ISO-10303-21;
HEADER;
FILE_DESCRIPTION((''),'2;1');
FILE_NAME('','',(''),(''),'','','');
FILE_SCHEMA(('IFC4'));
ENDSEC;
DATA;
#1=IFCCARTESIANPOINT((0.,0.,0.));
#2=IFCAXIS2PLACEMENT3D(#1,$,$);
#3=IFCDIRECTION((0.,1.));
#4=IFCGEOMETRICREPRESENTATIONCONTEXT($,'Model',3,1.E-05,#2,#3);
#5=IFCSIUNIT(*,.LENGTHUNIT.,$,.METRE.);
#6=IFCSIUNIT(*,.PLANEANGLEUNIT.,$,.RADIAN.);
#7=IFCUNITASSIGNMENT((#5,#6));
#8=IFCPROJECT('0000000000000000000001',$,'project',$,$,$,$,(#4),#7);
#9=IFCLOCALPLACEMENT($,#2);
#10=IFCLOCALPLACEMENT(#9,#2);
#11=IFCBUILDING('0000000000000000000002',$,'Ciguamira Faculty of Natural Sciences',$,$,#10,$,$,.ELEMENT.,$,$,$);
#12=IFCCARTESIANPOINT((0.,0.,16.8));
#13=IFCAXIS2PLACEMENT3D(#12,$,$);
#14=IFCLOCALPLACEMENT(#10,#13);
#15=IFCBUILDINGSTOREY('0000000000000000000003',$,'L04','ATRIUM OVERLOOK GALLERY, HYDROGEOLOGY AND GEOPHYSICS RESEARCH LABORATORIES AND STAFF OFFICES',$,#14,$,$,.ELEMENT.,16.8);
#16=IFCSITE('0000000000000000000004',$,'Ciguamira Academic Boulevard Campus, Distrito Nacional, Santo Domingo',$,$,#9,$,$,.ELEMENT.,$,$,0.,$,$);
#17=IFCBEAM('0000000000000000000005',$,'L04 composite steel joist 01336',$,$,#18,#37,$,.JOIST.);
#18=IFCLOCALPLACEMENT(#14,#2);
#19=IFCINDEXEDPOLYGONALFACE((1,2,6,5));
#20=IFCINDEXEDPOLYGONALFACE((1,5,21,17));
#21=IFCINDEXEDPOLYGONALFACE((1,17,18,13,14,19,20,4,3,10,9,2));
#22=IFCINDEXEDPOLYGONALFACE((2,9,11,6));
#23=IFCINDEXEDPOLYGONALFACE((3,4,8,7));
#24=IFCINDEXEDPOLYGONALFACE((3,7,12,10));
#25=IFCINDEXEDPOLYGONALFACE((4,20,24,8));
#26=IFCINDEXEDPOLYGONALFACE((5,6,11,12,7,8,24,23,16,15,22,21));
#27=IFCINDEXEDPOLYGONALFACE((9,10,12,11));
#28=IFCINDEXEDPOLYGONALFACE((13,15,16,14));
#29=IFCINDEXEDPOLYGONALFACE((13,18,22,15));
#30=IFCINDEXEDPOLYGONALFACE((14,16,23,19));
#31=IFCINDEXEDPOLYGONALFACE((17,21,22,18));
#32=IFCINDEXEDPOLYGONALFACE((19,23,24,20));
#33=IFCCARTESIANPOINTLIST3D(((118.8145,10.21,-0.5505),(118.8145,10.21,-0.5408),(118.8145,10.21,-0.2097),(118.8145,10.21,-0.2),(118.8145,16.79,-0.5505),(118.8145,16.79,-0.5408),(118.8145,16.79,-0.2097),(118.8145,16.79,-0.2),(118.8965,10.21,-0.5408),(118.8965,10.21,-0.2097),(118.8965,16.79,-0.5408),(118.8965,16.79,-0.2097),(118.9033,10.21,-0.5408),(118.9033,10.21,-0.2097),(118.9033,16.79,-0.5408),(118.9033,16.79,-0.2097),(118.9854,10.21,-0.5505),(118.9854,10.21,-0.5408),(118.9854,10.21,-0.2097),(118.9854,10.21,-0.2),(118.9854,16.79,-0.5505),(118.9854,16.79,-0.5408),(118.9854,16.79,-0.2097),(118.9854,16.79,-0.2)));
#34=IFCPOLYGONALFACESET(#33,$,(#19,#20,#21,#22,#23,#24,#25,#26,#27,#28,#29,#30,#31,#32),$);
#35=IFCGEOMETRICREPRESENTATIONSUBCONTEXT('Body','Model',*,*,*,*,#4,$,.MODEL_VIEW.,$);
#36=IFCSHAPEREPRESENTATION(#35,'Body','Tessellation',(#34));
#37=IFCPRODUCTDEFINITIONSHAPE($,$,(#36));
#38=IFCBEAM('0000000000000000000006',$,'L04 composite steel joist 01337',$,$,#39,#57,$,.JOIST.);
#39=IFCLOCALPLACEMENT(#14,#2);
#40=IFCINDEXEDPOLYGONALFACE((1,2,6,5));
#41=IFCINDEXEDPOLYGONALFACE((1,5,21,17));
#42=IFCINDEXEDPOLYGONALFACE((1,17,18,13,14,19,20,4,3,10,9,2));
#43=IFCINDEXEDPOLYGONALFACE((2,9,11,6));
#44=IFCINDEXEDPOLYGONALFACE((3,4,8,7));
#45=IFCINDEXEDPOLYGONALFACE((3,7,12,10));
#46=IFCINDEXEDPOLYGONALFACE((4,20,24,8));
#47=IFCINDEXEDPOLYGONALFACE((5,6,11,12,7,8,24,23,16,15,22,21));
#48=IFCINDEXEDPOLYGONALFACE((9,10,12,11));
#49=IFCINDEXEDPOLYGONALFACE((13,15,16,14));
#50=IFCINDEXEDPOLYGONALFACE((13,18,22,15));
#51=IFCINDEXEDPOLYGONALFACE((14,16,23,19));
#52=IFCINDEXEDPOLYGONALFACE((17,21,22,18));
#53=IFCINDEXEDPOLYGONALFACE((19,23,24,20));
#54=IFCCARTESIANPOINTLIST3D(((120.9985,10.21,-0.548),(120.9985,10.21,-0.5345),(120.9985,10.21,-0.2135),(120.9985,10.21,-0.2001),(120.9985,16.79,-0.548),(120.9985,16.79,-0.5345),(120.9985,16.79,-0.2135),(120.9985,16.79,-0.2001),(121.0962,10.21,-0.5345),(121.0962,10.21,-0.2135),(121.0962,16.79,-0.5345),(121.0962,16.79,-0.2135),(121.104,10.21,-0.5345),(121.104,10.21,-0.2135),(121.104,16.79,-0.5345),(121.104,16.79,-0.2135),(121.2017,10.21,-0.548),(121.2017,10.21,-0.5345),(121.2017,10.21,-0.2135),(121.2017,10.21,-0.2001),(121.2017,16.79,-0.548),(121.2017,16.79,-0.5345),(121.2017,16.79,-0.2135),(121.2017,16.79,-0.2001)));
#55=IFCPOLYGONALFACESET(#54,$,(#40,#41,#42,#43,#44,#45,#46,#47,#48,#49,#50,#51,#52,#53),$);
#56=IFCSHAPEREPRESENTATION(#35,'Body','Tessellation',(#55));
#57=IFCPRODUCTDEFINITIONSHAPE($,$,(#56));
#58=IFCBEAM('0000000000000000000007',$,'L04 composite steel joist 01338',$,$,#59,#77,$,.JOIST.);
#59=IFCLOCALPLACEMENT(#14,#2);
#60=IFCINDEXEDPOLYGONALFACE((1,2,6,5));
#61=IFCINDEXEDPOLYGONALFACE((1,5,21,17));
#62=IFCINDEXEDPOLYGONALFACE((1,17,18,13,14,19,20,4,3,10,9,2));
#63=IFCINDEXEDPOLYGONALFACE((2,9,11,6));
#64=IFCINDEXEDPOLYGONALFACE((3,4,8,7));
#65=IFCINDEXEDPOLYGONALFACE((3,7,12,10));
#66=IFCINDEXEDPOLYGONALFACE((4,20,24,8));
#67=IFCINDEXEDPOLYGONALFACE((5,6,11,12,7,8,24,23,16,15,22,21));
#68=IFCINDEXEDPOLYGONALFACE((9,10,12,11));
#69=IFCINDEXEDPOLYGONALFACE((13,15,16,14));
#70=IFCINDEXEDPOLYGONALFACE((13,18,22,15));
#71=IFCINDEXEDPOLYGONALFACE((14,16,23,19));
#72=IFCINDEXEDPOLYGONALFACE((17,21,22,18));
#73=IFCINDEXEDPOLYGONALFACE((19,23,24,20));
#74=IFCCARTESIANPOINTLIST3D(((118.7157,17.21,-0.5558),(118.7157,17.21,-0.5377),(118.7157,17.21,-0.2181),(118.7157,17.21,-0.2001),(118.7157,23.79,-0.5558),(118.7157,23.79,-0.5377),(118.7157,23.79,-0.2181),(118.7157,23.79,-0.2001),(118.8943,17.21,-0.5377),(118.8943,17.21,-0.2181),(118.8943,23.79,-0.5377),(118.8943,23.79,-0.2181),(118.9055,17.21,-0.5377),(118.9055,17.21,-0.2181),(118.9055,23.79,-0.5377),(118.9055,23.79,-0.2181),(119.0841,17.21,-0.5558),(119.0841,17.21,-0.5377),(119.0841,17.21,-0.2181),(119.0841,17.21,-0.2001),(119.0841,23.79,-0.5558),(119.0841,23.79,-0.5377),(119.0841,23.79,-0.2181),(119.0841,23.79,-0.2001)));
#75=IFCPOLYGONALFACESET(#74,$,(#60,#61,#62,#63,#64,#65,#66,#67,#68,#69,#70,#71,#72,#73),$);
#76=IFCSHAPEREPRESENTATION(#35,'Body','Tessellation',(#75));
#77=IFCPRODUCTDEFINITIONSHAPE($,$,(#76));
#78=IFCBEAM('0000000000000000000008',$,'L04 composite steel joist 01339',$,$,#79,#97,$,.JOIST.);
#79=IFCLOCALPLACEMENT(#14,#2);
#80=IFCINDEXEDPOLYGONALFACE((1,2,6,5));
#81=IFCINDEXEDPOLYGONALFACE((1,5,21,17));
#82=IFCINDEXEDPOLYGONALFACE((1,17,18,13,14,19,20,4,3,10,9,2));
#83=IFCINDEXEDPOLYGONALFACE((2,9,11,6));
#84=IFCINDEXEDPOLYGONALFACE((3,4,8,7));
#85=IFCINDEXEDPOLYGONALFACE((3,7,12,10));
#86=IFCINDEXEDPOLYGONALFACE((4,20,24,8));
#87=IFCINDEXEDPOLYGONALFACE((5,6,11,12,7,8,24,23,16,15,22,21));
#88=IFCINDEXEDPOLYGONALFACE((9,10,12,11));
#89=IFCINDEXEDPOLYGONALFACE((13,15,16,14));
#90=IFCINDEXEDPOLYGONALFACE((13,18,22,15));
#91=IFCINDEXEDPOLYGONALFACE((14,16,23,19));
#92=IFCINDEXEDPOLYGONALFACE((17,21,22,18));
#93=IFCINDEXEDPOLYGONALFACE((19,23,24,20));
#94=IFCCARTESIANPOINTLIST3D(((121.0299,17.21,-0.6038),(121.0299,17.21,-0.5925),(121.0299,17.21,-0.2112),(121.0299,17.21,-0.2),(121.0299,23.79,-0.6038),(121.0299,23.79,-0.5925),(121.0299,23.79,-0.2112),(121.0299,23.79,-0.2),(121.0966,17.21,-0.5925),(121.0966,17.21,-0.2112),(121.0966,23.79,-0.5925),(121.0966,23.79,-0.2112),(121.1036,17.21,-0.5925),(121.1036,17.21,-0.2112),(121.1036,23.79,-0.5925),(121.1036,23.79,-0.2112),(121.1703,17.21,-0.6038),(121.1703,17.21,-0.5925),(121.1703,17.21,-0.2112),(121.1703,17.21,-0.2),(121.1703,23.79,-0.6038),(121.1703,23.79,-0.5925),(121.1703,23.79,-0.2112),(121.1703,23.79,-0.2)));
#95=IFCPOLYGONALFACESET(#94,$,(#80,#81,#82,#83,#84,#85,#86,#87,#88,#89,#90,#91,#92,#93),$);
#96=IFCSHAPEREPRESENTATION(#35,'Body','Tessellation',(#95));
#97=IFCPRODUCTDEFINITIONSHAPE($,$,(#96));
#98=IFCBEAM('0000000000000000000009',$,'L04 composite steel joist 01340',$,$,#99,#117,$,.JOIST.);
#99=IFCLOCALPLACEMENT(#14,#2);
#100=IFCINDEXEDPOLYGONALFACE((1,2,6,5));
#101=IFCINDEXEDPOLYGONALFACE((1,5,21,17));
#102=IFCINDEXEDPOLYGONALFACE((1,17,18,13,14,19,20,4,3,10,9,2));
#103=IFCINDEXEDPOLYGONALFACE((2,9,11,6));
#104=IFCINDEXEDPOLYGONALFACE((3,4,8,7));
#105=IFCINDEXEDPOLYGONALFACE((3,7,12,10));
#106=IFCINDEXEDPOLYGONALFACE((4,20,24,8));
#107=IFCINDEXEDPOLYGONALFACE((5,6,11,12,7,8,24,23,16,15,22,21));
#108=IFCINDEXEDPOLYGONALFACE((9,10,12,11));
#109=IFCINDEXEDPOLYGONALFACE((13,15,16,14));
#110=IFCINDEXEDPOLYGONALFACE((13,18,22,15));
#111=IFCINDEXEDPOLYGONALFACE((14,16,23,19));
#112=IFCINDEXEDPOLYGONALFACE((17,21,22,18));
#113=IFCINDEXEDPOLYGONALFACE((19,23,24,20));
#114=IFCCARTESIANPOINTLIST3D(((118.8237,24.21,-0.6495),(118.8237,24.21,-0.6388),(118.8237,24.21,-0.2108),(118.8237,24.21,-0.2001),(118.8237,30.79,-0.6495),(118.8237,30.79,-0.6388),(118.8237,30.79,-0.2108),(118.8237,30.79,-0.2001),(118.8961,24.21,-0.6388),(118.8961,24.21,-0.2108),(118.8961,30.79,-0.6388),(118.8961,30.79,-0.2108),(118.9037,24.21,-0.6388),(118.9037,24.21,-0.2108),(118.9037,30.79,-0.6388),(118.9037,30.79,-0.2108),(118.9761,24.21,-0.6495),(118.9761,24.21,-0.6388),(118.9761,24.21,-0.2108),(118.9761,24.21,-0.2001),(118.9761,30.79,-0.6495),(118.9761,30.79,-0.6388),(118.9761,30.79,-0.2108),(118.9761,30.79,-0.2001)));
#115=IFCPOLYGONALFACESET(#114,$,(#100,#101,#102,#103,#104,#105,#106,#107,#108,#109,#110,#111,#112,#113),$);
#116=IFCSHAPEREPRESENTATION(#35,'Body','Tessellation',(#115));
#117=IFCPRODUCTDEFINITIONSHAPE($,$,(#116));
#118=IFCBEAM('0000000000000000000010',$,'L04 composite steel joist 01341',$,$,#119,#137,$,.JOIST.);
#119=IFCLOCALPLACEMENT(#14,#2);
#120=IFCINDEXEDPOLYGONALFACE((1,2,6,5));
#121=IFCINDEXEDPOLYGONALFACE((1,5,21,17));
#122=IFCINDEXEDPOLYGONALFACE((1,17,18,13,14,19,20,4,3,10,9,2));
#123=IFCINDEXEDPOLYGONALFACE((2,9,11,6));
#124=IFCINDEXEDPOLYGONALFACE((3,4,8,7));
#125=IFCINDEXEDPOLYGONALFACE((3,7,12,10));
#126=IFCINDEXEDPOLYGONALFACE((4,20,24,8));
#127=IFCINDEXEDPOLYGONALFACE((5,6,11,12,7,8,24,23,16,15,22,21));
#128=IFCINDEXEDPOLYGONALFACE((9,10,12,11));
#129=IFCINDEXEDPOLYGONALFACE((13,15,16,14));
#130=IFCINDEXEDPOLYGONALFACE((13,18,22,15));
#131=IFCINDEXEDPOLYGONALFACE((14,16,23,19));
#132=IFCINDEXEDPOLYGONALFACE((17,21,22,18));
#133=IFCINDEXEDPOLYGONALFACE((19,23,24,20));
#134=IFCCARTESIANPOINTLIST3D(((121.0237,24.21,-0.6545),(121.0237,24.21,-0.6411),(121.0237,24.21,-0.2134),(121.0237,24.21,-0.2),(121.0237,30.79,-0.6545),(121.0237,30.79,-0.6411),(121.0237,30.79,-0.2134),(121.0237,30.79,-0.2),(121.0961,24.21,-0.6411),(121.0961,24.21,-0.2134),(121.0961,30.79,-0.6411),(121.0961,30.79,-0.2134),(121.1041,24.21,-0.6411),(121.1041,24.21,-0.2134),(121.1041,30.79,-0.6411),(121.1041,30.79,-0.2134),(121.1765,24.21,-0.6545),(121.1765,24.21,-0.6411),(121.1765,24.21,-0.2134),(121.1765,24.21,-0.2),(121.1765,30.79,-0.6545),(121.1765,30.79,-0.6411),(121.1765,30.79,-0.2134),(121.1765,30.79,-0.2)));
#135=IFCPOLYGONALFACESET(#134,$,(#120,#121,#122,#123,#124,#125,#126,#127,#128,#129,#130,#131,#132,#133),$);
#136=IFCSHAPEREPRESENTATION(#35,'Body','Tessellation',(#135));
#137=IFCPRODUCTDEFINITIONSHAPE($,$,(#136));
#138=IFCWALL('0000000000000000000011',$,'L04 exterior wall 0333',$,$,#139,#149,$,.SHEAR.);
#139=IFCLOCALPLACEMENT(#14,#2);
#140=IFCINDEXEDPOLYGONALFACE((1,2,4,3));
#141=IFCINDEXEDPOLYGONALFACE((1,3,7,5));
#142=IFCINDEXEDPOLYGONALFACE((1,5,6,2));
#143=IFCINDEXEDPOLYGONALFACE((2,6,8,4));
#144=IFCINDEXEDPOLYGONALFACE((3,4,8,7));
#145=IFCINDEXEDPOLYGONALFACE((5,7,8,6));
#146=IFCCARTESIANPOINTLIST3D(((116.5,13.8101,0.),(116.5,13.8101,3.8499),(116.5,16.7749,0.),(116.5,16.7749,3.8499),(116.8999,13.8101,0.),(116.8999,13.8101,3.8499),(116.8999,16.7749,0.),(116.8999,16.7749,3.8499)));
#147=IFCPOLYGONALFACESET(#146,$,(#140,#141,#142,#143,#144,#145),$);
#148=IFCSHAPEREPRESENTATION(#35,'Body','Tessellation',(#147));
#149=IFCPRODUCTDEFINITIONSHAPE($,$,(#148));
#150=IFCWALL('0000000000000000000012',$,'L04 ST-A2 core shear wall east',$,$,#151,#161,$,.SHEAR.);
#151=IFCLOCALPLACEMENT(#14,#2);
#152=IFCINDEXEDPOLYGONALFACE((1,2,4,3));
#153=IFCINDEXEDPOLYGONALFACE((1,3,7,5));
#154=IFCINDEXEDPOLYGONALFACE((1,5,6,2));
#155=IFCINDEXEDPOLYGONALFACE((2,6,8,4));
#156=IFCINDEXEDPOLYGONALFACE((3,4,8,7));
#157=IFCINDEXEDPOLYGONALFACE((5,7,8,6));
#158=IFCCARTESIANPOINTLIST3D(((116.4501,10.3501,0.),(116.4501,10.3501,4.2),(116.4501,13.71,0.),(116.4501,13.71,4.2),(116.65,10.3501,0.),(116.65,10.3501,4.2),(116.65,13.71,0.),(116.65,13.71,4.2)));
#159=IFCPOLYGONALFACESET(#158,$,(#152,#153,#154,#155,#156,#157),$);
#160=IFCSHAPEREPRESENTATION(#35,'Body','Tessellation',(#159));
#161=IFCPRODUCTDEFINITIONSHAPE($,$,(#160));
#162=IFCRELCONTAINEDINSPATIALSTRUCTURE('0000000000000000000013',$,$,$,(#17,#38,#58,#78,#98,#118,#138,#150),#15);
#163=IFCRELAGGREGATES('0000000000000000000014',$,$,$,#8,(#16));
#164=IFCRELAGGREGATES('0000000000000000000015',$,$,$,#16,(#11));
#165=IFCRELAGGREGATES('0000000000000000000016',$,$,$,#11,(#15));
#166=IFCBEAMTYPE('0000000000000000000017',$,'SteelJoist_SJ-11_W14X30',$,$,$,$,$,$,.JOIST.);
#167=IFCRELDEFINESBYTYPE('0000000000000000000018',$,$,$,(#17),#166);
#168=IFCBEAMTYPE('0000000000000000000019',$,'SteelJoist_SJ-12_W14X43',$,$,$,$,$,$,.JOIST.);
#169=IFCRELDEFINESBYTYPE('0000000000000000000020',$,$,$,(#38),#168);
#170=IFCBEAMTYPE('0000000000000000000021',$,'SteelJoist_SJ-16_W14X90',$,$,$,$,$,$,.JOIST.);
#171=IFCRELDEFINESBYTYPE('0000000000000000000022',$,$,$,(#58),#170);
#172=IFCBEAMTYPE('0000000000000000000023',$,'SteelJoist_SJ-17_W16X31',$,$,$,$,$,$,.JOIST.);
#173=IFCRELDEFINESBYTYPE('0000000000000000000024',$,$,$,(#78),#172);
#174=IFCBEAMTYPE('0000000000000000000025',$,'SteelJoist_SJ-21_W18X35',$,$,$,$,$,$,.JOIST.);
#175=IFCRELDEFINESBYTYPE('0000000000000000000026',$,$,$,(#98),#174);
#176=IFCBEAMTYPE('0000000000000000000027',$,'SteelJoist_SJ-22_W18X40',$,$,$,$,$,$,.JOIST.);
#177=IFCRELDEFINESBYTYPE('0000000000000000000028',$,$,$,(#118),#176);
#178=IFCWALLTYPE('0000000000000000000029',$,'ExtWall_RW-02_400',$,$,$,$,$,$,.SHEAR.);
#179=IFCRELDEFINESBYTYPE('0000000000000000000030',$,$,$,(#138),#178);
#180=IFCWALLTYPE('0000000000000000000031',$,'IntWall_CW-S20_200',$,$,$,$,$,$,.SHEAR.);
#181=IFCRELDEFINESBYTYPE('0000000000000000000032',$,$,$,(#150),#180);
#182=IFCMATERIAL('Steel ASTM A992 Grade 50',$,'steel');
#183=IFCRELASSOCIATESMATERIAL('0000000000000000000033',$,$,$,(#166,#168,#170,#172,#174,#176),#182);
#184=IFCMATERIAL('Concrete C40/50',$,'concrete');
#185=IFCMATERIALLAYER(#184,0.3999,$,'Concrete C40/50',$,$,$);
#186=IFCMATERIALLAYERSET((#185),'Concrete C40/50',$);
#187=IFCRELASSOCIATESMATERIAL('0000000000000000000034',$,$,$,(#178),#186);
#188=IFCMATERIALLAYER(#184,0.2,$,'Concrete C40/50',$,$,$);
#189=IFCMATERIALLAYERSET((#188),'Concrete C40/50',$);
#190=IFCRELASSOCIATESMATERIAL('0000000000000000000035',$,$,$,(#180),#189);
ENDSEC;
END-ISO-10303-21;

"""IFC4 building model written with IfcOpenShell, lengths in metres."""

from ifc_helpers import new_model, si_unit, direction, frame, frame_2d, origin, origin_2d, place, context, subcontext, project, spatial, rectangle, i_section, extrude, material, layer, layer_set, material_profile, profile_set, type_object, element, save


model = new_model("IFC4")

# Units and contexts
model_context = context("Model", 3, precision=1e-05, world=origin(), true_north=direction((0.0, 1.0)))
body_context = subcontext(model_context, "Body", "Model", "MODEL_VIEW")
ifc_project = project(units=[si_unit("LENGTHUNIT", "METRE"), si_unit("PLANEANGLEUNIT", "RADIAN")], contexts=[model_context])

# Site, building, storey
site_placement = place(None, origin())
site = spatial("IfcSite", under=ifc_project, at=site_placement, Name="Ciguamira Academic Boulevard Campus, Distrito Nacional, Santo Domingo", CompositionType="ELEMENT", RefElevation=0.0)
building_placement = place(site_placement, origin())
building = spatial("IfcBuilding", under=site, at=building_placement, Name="Ciguamira Faculty of Natural Sciences", CompositionType="ELEMENT")
storey_placement = place(building_placement, frame((0.0, 0.0, 16.8)))
storey = spatial("IfcBuildingStorey", under=building, at=storey_placement, Name="L04", Description="ATRIUM OVERLOOK GALLERY, HYDROGEOLOGY AND GEOPHYSICS RESEARCH LABORATORIES AND STAFF OFFICES", CompositionType="ELEMENT", Elevation=16.8)

# Shared definitions
ifc_material_1 = material(Name="Concrete C40/50", Category="concrete")

# Beams
ifc_material_2 = material(Name="Steel ASTM A992 Grade 50", Category="steel")
ifc_material_profile_1 = material_profile(ifc_material_2, i_section(OverallWidth=0.1709, OverallDepth=0.3506, WebThickness=0.0068, FlangeThickness=0.0098, at=origin_2d()), Name="W14X30")
ifc_profile_set_1 = profile_set([ifc_material_profile_1], Name="Steel ASTM A992 Grade 50")
beam_type_1 = type_object("IfcBeamType", Name="SteelJoist_SJ-11_W14X30", PredefinedType="JOIST", material=ifc_profile_set_1)
beam_1_placement = place(storey_placement, frame((118.8999, 10.21, -0.3752), z_axis=(0.0, 1.0, 0.0), x_axis=(-1.0, 0.0, 0.0)))
element("IfcBeam", 1, at=beam_1_placement, inside=storey, type_object=beam_type_1, Name="L04 composite steel joist 01336", PredefinedType="JOIST", context=body_context, shape_type="SweptSolid", body=[
    extrude(i_section(OverallWidth=0.1709, OverallDepth=0.3506, WebThickness=0.0068, FlangeThickness=0.0098, at=origin_2d()), origin(), (0.0, 0.0, 1.0), 6.5801),
])
ifc_material_profile_2 = material_profile(ifc_material_2, i_section(OverallWidth=0.2031, OverallDepth=0.3479, WebThickness=0.0078, FlangeThickness=0.0134, at=origin_2d()), Name="W14X43")
ifc_profile_set_2 = profile_set([ifc_material_profile_2], Name="Steel ASTM A992 Grade 50")
beam_type_2 = type_object("IfcBeamType", Name="SteelJoist_SJ-12_W14X43", PredefinedType="JOIST", material=ifc_profile_set_2)
beam_2_placement = place(storey_placement, frame((121.1001, 10.21, -0.374), z_axis=(0.0, 1.0, 0.0), x_axis=(-1.0, 0.0, 0.0)))
element("IfcBeam", 2, at=beam_2_placement, inside=storey, type_object=beam_type_2, Name="L04 composite steel joist 01337", PredefinedType="JOIST", context=body_context, shape_type="SweptSolid", body=[
    extrude(i_section(OverallWidth=0.2031, OverallDepth=0.3479, WebThickness=0.0078, FlangeThickness=0.0134, at=origin_2d()), origin(), (0.0, 0.0, 1.0), 6.5801),
])
ifc_material_profile_3 = material_profile(ifc_material_2, i_section(OverallWidth=0.3684, OverallDepth=0.3557, WebThickness=0.0112, FlangeThickness=0.0181, at=origin_2d()), Name="W14X90")
ifc_profile_set_3 = profile_set([ifc_material_profile_3], Name="Steel ASTM A992 Grade 50")
beam_type_3 = type_object("IfcBeamType", Name="SteelJoist_SJ-16_W14X90", PredefinedType="JOIST", material=ifc_profile_set_3)
beam_3_placement = place(storey_placement, frame((118.8999, 17.21, -0.3779), z_axis=(0.0, 1.0, 0.0), x_axis=(-1.0, 0.0, 0.0)))
element("IfcBeam", 3, at=beam_3_placement, inside=storey, type_object=beam_type_3, Name="L04 composite steel joist 01338", PredefinedType="JOIST", context=body_context, shape_type="SweptSolid", body=[
    extrude(i_section(OverallWidth=0.3684, OverallDepth=0.3557, WebThickness=0.0112, FlangeThickness=0.0181, at=origin_2d()), origin(), (0.0, 0.0, 1.0), 6.5801),
])
ifc_material_profile_4 = material_profile(ifc_material_2, i_section(OverallWidth=0.1404, OverallDepth=0.4038, WebThickness=0.0071, FlangeThickness=0.0112, at=origin_2d()), Name="W16X31")
ifc_profile_set_4 = profile_set([ifc_material_profile_4], Name="Steel ASTM A992 Grade 50")
beam_type_4 = type_object("IfcBeamType", Name="SteelJoist_SJ-17_W16X31", PredefinedType="JOIST", material=ifc_profile_set_4)
beam_4_placement = place(storey_placement, frame((121.1001, 17.21, -0.4019), z_axis=(0.0, 1.0, 0.0), x_axis=(-1.0, 0.0, 0.0)))
element("IfcBeam", 4, at=beam_4_placement, inside=storey, type_object=beam_type_4, Name="L04 composite steel joist 01339", PredefinedType="JOIST", context=body_context, shape_type="SweptSolid", body=[
    extrude(i_section(OverallWidth=0.1404, OverallDepth=0.4038, WebThickness=0.0071, FlangeThickness=0.0112, at=origin_2d()), origin(), (0.0, 0.0, 1.0), 6.5801),
])
ifc_material_profile_5 = material_profile(ifc_material_2, i_section(OverallWidth=0.1523, OverallDepth=0.4495, WebThickness=0.0076, FlangeThickness=0.0107, at=origin_2d()), Name="W18X35")
ifc_profile_set_5 = profile_set([ifc_material_profile_5], Name="Steel ASTM A992 Grade 50")
beam_type_5 = type_object("IfcBeamType", Name="SteelJoist_SJ-21_W18X35", PredefinedType="JOIST", material=ifc_profile_set_5)
beam_5_placement = place(storey_placement, frame((118.8999, 24.21, -0.4248), z_axis=(0.0, 1.0, 0.0), x_axis=(-1.0, 0.0, 0.0)))
element("IfcBeam", 5, at=beam_5_placement, inside=storey, type_object=beam_type_5, Name="L04 composite steel joist 01340", PredefinedType="JOIST", context=body_context, shape_type="SweptSolid", body=[
    extrude(i_section(OverallWidth=0.1523, OverallDepth=0.4495, WebThickness=0.0076, FlangeThickness=0.0107, at=origin_2d()), origin(), (0.0, 0.0, 1.0), 6.5801),
])
ifc_material_profile_6 = material_profile(ifc_material_2, i_section(OverallWidth=0.1528, OverallDepth=0.4546, WebThickness=0.0081, FlangeThickness=0.0134, at=origin_2d()), Name="W18X40")
ifc_profile_set_6 = profile_set([ifc_material_profile_6], Name="Steel ASTM A992 Grade 50")
beam_type_6 = type_object("IfcBeamType", Name="SteelJoist_SJ-22_W18X40", PredefinedType="JOIST", material=ifc_profile_set_6)
beam_6_placement = place(storey_placement, frame((121.1001, 24.21, -0.4272), z_axis=(0.0, 1.0, 0.0), x_axis=(-1.0, 0.0, 0.0)))
element("IfcBeam", 6, at=beam_6_placement, inside=storey, type_object=beam_type_6, Name="L04 composite steel joist 01341", PredefinedType="JOIST", context=body_context, shape_type="SweptSolid", body=[
    extrude(i_section(OverallWidth=0.1528, OverallDepth=0.4546, WebThickness=0.0081, FlangeThickness=0.0134, at=origin_2d()), origin(), (0.0, 0.0, 1.0), 6.5801),
])

# Walls
ifc_layer_1 = layer(ifc_material_1, 0.3999, Name="Concrete C40/50")
ifc_layer_set_1 = layer_set([ifc_layer_1], Name="Concrete C40/50")
wall_type_1 = type_object("IfcWallType", Name="ExtWall_RW-02_400", PredefinedType="SHEAR", material=ifc_layer_set_1)
wall_1_placement = place(storey_placement, frame((116.7, 13.8101, 0.0), z_axis=(0.0, 0.0, 1.0), x_axis=(0.0, 1.0, 0.0)))
element("IfcWall", 7, at=wall_1_placement, inside=storey, type_object=wall_type_1, Name="L04 exterior wall 0333", PredefinedType="SHEAR", context=body_context, shape_type="SweptSolid", body=[
    extrude(rectangle(XDim=2.9648, YDim=0.3999, at=frame_2d((1.4824, 0.0))), origin(), (0.0, 0.0, 1.0), 3.8499),
])
ifc_layer_2 = layer(ifc_material_1, 0.2, Name="Concrete C40/50")
ifc_layer_set_2 = layer_set([ifc_layer_2], Name="Concrete C40/50")
wall_type_2 = type_object("IfcWallType", Name="IntWall_CW-S20_200", PredefinedType="SHEAR", material=ifc_layer_set_2)
wall_2_placement = place(storey_placement, frame((116.55, 10.3501, 0.0), z_axis=(0.0, 0.0, 1.0), x_axis=(0.0, 1.0, 0.0)))
element("IfcWall", 8, at=wall_2_placement, inside=storey, type_object=wall_type_2, Name="L04 ST-A2 core shear wall east", PredefinedType="SHEAR", context=body_context, shape_type="SweptSolid", body=[
    extrude(rectangle(XDim=3.3599, YDim=0.2, at=frame_2d((1.6799, 0.0))), origin(), (0.0, 0.0, 1.0), 4.2),
])

save(model, "model.ifc")
